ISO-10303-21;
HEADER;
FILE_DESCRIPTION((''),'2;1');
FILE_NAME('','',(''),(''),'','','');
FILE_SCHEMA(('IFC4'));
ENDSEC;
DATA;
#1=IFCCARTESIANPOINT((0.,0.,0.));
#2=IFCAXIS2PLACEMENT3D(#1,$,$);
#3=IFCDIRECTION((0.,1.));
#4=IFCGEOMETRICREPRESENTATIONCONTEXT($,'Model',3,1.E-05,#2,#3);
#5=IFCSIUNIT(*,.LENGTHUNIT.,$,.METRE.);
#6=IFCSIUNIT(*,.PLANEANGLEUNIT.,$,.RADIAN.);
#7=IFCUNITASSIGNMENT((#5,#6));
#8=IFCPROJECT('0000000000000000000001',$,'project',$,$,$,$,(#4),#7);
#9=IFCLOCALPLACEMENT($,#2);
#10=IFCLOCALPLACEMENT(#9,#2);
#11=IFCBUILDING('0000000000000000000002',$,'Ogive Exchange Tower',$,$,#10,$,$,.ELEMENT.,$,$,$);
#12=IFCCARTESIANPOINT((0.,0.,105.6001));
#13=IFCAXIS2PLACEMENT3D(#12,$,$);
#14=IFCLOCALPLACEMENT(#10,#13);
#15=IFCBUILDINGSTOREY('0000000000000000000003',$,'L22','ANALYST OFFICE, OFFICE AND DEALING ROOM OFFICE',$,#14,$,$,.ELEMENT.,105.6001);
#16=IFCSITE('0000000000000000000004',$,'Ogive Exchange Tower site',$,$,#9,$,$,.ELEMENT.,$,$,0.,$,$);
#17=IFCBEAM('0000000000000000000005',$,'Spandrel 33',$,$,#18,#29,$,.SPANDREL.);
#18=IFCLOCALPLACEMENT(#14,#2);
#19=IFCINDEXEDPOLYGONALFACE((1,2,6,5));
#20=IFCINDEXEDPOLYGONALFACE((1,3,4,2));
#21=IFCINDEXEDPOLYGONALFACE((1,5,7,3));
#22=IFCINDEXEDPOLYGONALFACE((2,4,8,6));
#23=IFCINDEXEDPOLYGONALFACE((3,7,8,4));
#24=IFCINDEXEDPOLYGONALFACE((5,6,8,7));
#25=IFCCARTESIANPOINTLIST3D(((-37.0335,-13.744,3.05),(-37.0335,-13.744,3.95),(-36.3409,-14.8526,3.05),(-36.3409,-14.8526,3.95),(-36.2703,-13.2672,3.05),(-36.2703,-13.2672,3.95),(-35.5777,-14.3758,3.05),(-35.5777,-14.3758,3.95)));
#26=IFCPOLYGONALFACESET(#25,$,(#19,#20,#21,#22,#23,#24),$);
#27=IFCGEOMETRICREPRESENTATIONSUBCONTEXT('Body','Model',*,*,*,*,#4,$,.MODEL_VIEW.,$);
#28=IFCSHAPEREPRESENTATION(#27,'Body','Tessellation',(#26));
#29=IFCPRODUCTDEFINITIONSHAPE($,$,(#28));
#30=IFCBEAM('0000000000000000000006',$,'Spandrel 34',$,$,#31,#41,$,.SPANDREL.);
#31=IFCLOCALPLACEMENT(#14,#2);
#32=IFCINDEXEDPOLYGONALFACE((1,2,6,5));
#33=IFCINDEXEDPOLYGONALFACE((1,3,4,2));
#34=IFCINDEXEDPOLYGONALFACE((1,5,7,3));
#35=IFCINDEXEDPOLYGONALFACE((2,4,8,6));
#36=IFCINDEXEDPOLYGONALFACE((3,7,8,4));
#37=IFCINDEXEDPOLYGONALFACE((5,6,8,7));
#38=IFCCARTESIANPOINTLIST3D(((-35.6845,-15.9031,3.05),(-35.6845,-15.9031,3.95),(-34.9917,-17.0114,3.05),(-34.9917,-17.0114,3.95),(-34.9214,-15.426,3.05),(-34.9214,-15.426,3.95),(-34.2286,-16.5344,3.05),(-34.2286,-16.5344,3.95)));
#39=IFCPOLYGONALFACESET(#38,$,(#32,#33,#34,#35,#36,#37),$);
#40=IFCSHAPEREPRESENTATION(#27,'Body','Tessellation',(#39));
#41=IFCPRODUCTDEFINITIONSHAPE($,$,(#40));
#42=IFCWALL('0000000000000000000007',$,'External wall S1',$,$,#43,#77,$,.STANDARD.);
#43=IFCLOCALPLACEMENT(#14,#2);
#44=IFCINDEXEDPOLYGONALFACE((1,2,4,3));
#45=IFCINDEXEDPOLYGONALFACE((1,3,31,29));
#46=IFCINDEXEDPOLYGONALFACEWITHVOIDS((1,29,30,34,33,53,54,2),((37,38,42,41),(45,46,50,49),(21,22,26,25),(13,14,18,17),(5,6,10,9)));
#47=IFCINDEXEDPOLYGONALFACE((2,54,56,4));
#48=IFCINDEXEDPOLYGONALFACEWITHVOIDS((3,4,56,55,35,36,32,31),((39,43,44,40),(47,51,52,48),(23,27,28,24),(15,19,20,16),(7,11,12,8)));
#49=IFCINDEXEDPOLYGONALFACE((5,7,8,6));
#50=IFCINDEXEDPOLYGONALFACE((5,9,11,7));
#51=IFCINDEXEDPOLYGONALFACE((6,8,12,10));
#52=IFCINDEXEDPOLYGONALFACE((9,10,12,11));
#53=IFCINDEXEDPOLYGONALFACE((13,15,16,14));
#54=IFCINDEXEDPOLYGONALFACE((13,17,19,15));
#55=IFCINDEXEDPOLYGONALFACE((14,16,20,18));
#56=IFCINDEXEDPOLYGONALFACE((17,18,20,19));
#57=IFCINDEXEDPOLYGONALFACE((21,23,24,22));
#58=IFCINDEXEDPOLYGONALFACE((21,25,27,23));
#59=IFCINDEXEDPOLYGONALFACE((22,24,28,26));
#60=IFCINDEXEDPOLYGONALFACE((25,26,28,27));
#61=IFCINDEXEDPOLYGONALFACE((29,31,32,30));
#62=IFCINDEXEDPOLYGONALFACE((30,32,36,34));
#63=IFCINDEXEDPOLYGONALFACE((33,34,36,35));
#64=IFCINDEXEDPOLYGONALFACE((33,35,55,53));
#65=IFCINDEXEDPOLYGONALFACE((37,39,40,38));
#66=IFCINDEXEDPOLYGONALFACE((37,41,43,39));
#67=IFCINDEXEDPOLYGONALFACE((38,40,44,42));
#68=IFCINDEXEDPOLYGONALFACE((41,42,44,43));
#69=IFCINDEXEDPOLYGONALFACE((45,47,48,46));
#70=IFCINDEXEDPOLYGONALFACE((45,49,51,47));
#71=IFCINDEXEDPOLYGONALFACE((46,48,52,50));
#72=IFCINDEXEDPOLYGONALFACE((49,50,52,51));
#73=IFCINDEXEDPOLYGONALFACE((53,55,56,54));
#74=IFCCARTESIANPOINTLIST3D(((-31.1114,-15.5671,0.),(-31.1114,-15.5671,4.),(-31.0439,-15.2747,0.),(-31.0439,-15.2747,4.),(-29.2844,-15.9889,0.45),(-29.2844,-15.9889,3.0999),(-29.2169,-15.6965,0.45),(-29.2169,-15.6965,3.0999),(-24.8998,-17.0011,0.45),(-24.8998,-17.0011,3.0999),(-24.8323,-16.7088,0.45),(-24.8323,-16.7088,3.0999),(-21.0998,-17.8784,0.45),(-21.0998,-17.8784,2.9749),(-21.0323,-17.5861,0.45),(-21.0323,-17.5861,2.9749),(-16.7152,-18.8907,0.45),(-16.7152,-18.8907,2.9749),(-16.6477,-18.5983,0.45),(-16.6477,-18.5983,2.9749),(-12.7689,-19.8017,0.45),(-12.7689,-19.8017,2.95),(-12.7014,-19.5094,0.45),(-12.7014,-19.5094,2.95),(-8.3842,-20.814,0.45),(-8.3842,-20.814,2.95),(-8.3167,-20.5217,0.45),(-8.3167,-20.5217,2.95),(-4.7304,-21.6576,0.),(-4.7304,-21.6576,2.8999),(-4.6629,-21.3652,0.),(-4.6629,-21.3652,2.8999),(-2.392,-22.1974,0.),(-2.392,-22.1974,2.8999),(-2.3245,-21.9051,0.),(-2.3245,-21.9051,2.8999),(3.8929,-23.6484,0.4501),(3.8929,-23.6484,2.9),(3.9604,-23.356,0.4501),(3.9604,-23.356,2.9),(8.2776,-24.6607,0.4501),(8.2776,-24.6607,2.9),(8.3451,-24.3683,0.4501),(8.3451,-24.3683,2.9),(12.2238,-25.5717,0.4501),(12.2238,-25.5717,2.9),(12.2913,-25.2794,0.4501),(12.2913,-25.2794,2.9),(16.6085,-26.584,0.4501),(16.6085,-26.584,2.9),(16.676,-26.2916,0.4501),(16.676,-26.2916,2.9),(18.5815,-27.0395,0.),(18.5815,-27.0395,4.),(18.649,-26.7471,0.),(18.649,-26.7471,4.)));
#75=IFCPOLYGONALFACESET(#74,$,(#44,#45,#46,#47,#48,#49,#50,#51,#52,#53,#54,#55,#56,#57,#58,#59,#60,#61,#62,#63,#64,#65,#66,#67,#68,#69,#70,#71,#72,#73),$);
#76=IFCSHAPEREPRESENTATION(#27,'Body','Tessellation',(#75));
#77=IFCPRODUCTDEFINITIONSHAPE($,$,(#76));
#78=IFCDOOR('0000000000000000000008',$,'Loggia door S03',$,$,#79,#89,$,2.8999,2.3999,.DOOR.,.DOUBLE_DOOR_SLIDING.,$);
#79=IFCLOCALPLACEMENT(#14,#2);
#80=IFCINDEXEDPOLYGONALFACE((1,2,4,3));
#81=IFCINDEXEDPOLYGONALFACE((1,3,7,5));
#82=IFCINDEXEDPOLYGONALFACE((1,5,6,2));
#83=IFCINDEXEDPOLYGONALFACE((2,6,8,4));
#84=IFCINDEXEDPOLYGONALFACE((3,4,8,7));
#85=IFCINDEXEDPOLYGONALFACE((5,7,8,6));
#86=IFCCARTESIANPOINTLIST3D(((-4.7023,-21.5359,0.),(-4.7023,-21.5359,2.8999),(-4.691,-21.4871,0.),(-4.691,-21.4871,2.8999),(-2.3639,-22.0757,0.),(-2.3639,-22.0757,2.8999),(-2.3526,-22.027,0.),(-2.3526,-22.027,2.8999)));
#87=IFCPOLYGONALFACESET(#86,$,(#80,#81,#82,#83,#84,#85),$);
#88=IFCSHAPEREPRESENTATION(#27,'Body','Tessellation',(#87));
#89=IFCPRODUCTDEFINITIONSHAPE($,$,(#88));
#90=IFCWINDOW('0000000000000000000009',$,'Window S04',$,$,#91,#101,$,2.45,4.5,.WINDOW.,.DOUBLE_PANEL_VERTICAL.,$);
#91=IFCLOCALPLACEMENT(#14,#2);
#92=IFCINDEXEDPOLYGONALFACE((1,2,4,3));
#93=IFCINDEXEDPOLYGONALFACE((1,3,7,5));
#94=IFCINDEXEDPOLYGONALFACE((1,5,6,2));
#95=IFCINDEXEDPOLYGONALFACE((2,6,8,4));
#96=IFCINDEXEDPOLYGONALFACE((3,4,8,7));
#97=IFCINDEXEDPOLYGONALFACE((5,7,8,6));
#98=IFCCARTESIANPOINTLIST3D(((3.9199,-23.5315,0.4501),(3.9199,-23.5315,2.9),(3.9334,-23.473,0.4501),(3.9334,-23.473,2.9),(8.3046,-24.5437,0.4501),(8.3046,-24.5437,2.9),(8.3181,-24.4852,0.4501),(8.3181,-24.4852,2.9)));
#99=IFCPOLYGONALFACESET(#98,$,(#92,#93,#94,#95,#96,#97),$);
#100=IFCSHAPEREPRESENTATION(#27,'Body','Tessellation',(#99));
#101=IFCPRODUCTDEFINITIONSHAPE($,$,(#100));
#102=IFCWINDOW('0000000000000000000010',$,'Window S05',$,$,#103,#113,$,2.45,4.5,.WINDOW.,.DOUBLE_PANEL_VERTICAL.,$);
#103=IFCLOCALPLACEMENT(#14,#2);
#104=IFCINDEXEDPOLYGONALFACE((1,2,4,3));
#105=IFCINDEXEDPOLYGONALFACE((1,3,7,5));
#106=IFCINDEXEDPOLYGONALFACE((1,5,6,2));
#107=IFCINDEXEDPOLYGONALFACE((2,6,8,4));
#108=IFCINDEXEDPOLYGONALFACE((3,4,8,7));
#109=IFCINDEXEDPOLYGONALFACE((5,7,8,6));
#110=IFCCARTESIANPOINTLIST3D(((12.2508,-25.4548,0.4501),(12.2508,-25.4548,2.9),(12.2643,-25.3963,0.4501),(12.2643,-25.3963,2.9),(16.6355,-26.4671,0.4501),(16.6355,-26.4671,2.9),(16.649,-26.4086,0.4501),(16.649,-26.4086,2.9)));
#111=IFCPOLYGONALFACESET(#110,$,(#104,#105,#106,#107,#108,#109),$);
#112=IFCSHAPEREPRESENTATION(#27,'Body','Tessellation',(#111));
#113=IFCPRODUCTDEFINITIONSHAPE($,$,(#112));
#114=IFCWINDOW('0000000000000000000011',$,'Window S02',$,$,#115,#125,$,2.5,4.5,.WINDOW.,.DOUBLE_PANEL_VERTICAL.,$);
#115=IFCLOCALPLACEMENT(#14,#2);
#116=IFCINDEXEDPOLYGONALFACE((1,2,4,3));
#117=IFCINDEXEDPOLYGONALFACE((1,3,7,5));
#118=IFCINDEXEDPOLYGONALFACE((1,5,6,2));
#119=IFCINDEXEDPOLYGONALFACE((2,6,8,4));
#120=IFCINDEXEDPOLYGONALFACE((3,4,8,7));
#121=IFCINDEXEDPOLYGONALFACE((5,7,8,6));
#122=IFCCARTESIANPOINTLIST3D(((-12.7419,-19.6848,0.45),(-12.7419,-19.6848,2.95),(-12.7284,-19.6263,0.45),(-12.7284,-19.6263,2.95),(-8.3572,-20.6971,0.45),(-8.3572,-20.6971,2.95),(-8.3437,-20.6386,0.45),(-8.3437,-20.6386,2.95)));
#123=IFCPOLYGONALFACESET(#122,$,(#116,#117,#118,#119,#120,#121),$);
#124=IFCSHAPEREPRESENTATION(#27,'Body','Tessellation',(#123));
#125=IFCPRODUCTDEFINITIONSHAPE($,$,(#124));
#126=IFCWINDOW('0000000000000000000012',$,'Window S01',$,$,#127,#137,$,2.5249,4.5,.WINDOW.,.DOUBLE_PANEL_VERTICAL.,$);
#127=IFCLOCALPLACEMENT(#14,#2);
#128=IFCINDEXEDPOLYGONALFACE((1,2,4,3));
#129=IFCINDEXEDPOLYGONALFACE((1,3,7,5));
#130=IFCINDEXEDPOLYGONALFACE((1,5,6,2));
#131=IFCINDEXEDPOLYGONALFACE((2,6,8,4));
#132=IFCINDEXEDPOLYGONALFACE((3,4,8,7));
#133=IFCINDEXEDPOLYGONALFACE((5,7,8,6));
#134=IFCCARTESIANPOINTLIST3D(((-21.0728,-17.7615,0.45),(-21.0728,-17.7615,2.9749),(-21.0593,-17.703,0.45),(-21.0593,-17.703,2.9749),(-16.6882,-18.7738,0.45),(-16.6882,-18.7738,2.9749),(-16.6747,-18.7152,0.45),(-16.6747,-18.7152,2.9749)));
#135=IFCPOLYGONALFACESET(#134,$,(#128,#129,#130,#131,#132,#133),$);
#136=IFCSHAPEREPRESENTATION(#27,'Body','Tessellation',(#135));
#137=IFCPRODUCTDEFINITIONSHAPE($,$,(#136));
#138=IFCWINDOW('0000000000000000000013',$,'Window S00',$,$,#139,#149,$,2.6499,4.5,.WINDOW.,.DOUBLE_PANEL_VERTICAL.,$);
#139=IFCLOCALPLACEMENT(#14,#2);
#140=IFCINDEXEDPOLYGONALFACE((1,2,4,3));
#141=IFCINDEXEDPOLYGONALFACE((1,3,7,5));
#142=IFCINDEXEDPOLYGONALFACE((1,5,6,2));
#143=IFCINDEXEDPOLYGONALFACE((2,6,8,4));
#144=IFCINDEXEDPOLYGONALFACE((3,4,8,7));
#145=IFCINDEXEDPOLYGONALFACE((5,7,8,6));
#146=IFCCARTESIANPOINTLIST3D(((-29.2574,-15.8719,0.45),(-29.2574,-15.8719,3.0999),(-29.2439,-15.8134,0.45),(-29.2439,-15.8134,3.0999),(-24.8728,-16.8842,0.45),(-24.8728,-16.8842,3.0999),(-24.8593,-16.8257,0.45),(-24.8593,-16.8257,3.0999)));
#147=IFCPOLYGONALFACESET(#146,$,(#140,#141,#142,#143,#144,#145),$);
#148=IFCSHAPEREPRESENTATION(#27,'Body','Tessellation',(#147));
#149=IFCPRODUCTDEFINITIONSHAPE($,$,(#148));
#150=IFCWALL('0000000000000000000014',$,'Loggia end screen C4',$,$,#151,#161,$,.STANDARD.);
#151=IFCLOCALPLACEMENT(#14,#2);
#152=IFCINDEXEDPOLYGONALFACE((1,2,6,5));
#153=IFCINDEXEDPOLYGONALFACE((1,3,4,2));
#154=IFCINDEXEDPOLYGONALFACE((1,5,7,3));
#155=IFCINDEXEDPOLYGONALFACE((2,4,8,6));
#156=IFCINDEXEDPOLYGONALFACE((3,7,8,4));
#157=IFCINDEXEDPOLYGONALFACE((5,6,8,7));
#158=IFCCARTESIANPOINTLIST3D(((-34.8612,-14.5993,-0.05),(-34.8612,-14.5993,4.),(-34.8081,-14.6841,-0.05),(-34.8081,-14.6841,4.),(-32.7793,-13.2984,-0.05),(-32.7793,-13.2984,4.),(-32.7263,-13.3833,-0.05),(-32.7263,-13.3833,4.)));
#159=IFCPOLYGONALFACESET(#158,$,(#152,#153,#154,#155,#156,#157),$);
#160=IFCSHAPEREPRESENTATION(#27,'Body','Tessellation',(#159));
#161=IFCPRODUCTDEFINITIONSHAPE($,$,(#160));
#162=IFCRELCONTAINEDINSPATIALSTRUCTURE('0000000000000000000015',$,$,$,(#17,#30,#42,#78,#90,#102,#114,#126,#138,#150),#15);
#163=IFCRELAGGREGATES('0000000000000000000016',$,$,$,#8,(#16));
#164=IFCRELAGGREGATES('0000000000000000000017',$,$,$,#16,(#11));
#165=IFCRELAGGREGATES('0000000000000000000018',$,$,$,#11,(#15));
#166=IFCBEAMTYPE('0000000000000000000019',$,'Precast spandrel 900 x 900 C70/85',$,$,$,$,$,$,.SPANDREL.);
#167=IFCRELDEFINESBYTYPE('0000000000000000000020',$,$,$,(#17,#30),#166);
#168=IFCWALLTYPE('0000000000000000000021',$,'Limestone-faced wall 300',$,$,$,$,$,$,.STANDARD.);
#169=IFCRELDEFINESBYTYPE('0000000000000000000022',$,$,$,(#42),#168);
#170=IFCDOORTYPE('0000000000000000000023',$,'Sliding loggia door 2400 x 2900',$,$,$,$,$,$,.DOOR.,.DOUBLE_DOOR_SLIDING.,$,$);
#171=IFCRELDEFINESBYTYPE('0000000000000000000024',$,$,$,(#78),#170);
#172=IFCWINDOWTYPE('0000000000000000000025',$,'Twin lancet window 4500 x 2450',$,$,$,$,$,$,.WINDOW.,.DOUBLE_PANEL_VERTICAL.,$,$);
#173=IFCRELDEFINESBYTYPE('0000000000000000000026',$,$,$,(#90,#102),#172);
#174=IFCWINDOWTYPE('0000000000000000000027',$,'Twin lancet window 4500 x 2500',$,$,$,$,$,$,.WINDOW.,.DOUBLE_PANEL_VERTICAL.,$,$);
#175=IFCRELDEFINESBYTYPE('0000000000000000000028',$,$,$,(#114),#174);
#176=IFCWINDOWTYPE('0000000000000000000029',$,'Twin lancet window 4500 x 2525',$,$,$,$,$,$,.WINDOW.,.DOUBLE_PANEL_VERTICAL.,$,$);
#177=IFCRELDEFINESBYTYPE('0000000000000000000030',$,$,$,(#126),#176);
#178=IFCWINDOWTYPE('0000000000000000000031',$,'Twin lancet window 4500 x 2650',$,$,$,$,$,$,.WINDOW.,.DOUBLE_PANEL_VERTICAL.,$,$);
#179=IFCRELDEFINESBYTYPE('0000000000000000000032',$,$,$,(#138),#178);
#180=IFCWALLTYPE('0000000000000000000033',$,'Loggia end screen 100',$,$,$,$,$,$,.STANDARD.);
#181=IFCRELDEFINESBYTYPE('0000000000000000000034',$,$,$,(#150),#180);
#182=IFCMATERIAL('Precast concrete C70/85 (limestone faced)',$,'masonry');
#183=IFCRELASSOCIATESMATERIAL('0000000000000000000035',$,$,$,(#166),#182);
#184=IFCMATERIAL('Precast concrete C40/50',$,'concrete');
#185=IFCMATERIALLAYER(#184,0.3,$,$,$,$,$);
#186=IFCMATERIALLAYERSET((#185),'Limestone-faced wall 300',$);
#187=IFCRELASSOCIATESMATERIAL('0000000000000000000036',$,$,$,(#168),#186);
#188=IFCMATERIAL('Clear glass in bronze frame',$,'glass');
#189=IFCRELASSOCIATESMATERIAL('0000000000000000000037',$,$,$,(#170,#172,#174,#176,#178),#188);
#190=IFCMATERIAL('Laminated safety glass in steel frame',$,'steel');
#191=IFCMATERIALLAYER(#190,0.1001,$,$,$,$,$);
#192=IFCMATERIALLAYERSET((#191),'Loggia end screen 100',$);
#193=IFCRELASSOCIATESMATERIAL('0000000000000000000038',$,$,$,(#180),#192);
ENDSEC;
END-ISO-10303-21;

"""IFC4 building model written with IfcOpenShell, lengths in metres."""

from ifc_helpers import new_model, si_unit, direction, frame, frame_2d, origin, origin_2d, place, context, subcontext, project, spatial, rectangle, extrude, material, layer, layer_set, material_profile, profile_set, type_object, element, fill, save


model = new_model("IFC4")

# Units and contexts
model_context = context("Model", 3, precision=1e-05, world=origin(), true_north=direction((0.0, 1.0)))
body_context = subcontext(model_context, "Body", "Model", "MODEL_VIEW")
ifc_project = project(units=[si_unit("LENGTHUNIT", "METRE"), si_unit("PLANEANGLEUNIT", "RADIAN")], contexts=[model_context])

# Site, building, storey
site_placement = place(None, origin())
site = spatial("IfcSite", under=ifc_project, at=site_placement, Name="Ogive Exchange Tower site", CompositionType="ELEMENT", RefElevation=0.0)
building_placement = place(site_placement, origin())
building = spatial("IfcBuilding", under=site, at=building_placement, Name="Ogive Exchange Tower", CompositionType="ELEMENT")
storey_placement = place(building_placement, frame((0.0, 0.0, 105.6001)))
storey = spatial("IfcBuildingStorey", under=building, at=storey_placement, Name="L22", Description="ANALYST OFFICE, OFFICE AND DEALING ROOM OFFICE", CompositionType="ELEMENT", Elevation=105.6001)

# Shared definitions
ifc_material_1 = material(Name="Precast concrete C70/85 (limestone faced)", Category="masonry")

# Beams
ifc_material_profile_1 = material_profile(ifc_material_1, rectangle(XDim=0.8999, YDim=0.8999, at=origin_2d()), Name="900 x 900")
ifc_profile_set_1 = profile_set([ifc_material_profile_1], Name="Precast concrete C70/85 (limestone faced)")
beam_type_1 = type_object("IfcBeamType", Name="Precast spandrel 900 x 900 C70/85", PredefinedType="SPANDREL", material=ifc_profile_set_1)
for number, where, z_axis, x_axis, name in (
    (1, (-36.6519, -13.5056, 3.5), (0.529848, -0.848093, 0.0), (0.848093, 0.529848, 0.0), "Spandrel 33"),
    (2, (-35.303, -15.6646, 3.5), (0.530066, -0.847956, 0.0), (0.847956, 0.530066, 0.0), "Spandrel 34"),
):
    element("IfcBeam", number, at=place(storey_placement, frame(where, z_axis=z_axis, x_axis=x_axis)), inside=storey, type_object=beam_type_1, Name=name, PredefinedType="SPANDREL", context=body_context, shape_type="SweptSolid", body=[
        extrude(rectangle(XDim=0.8999, YDim=0.8999, at=origin_2d()), origin(), (0.0, 0.0, 1.0), 1.3071),
    ])

# Wall, openings, door, windows
ifc_material_2 = material(Name="Precast concrete C40/50", Category="concrete")
ifc_layer_1 = layer(ifc_material_2, 0.3)
ifc_layer_set_1 = layer_set([ifc_layer_1], Name="Limestone-faced wall 300")
wall_type_1 = type_object("IfcWallType", Name="Limestone-faced wall 300", PredefinedType="STANDARD", material=ifc_layer_set_1)
wall_1_placement = place(storey_placement, frame((-31.0776, -15.4209, 0.0), z_axis=(0.0, 0.0, 1.0), x_axis=(0.97437, -0.224949, 0.0)))
wall_1 = element("IfcWall", 3, at=wall_1_placement, inside=storey, type_object=wall_type_1, Name="External wall S1", PredefinedType="STANDARD", context=body_context, shape_type="SweptSolid", body=[
    extrude(rectangle(XDim=51.0, YDim=0.3, at=frame_2d((25.5, 0.0))), origin(), (0.0, 0.0, 1.0), 4.0),
])
opening_1_placement = place(wall_1_placement, frame((1.875, 0.0, 0.45)))
opening_1 = element("IfcOpeningElement", 4, at=opening_1_placement, cuts=wall_1, PredefinedType="OPENING", context=body_context, shape_type="SweptSolid", body=[
    extrude(rectangle(XDim=4.5, YDim=2.6499, at=frame_2d((2.25, 1.325))), frame((0.0, 0.1599, 0.0), z_axis=(0.0, -1.0, 0.0), x_axis=(1.0, 0.0, 0.0)), (0.0, 0.0, 1.0), 0.3201),
])
opening_2_placement = place(wall_1_placement, frame((10.2749, 0.0, 0.45)))
opening_2 = element("IfcOpeningElement", 5, at=opening_2_placement, cuts=wall_1, PredefinedType="OPENING", context=body_context, shape_type="SweptSolid", body=[
    extrude(rectangle(XDim=4.5, YDim=2.5249, at=frame_2d((2.25, 1.2625))), frame((0.0, 0.1599, 0.0), z_axis=(0.0, -1.0, 0.0), x_axis=(1.0, 0.0, 0.0)), (0.0, 0.0, 1.0), 0.3201),
])
opening_3_placement = place(wall_1_placement, frame((18.825, 0.0, 0.45)))
opening_3 = element("IfcOpeningElement", 6, at=opening_3_placement, cuts=wall_1, PredefinedType="OPENING", context=body_context, shape_type="SweptSolid", body=[
    extrude(rectangle(XDim=4.5, YDim=2.5, at=frame_2d((2.25, 1.25))), frame((0.0, 0.1599, 0.0), z_axis=(0.0, -1.0, 0.0), x_axis=(1.0, 0.0, 0.0)), (0.0, 0.0, 1.0), 0.3201),
])
opening_4_placement = place(wall_1_placement, frame((27.075, 0.0, 0.0)))
opening_4 = element("IfcOpeningElement", 7, at=opening_4_placement, cuts=wall_1, PredefinedType="OPENING", context=body_context, shape_type="SweptSolid", body=[
    extrude(rectangle(XDim=2.3999, YDim=2.8999, at=frame_2d((1.2, 1.45))), frame((0.0, 0.1599, 0.0), z_axis=(0.0, -1.0, 0.0), x_axis=(1.0, 0.0, 0.0)), (0.0, 0.0, 1.0), 0.3201),
])
opening_5_placement = place(wall_1_placement, frame((35.925, 0.0, 0.45)))
opening_5 = element("IfcOpeningElement", 8, at=opening_5_placement, cuts=wall_1, PredefinedType="OPENING", context=body_context, shape_type="SweptSolid", body=[
    extrude(rectangle(XDim=4.5, YDim=2.45, at=frame_2d((2.25, 1.2251))), frame((0.0, 0.1599, 0.0), z_axis=(0.0, -1.0, 0.0), x_axis=(1.0, 0.0, 0.0)), (0.0, 0.0, 1.0), 0.3201),
])
opening_6_placement = place(wall_1_placement, frame((44.4751, 0.0, 0.45)))
opening_6 = element("IfcOpeningElement", 9, at=opening_6_placement, cuts=wall_1, PredefinedType="OPENING", context=body_context, shape_type="SweptSolid", body=[
    extrude(rectangle(XDim=4.5, YDim=2.45, at=frame_2d((2.25, 1.2251))), frame((0.0, 0.1599, 0.0), z_axis=(0.0, -1.0, 0.0), x_axis=(1.0, 0.0, 0.0)), (0.0, 0.0, 1.0), 0.3201),
])
ifc_material_3 = material(Name="Clear glass in bronze frame", Category="glass")
door_type = type_object("IfcDoorType", Name="Sliding loggia door 2400 x 2900", OperationType="DOUBLE_DOOR_SLIDING", PredefinedType="DOOR", material=ifc_material_3)
door_placement = place(opening_4_placement, origin())
door = element("IfcDoor", 10, at=door_placement, inside=storey, type_object=door_type, Name="Loggia door S03", OperationType="DOUBLE_DOOR_SLIDING", OverallHeight=2.8999, OverallWidth=2.3999, PredefinedType="DOOR", context=body_context, shape_type="SweptSolid", body=[
    extrude(rectangle(XDim=2.3999, YDim=2.8999, at=frame_2d((1.2, 1.45))), frame((0.0, 0.0249, 0.0), z_axis=(0.0, -1.0, 0.0), x_axis=(1.0, 0.0, 0.0)), (0.0, 0.0, 1.0), 0.05),
])
fill(opening_4, door)
window_type_1 = type_object("IfcWindowType", Name="Twin lancet window 4500 x 2450", PartitioningType="DOUBLE_PANEL_VERTICAL", PredefinedType="WINDOW", material=ifc_material_3)
window_1_placement = place(opening_5_placement, origin())
window_1 = element("IfcWindow", 11, at=window_1_placement, inside=storey, type_object=window_type_1, Name="Window S04", OverallHeight=2.45, OverallWidth=4.5, PartitioningType="DOUBLE_PANEL_VERTICAL", PredefinedType="WINDOW", context=body_context, shape_type="SweptSolid", body=[
    extrude(rectangle(XDim=4.5, YDim=2.45, at=frame_2d((2.25, 1.2251))), frame((0.0, 0.03, 0.0), z_axis=(0.0, -1.0, 0.0), x_axis=(1.0, 0.0, 0.0)), (0.0, 0.0, 1.0), 0.0601),
])
fill(opening_5, window_1)
window_2_placement = place(opening_6_placement, origin())
window_2 = element("IfcWindow", 12, at=window_2_placement, inside=storey, type_object=window_type_1, Name="Window S05", OverallHeight=2.45, OverallWidth=4.5, PartitioningType="DOUBLE_PANEL_VERTICAL", PredefinedType="WINDOW", context=body_context, shape_type="SweptSolid", body=[
    extrude(rectangle(XDim=4.5, YDim=2.45, at=frame_2d((2.25, 1.2251))), frame((0.0, 0.03, 0.0), z_axis=(0.0, -1.0, 0.0), x_axis=(1.0, 0.0, 0.0)), (0.0, 0.0, 1.0), 0.0601),
])
fill(opening_6, window_2)
window_type_2 = type_object("IfcWindowType", Name="Twin lancet window 4500 x 2500", PartitioningType="DOUBLE_PANEL_VERTICAL", PredefinedType="WINDOW", material=ifc_material_3)
window_3_placement = place(opening_3_placement, origin())
window_3 = element("IfcWindow", 13, at=window_3_placement, inside=storey, type_object=window_type_2, Name="Window S02", OverallHeight=2.5, OverallWidth=4.5, PartitioningType="DOUBLE_PANEL_VERTICAL", PredefinedType="WINDOW", context=body_context, shape_type="SweptSolid", body=[
    extrude(rectangle(XDim=4.5, YDim=2.5, at=frame_2d((2.25, 1.25))), frame((0.0, 0.03, 0.0), z_axis=(0.0, -1.0, 0.0), x_axis=(1.0, 0.0, 0.0)), (0.0, 0.0, 1.0), 0.0601),
])
fill(opening_3, window_3)
window_type_3 = type_object("IfcWindowType", Name="Twin lancet window 4500 x 2525", PartitioningType="DOUBLE_PANEL_VERTICAL", PredefinedType="WINDOW", material=ifc_material_3)
window_4_placement = place(opening_2_placement, origin())
window_4 = element("IfcWindow", 14, at=window_4_placement, inside=storey, type_object=window_type_3, Name="Window S01", OverallHeight=2.5249, OverallWidth=4.5, PartitioningType="DOUBLE_PANEL_VERTICAL", PredefinedType="WINDOW", context=body_context, shape_type="SweptSolid", body=[
    extrude(rectangle(XDim=4.5, YDim=2.5249, at=frame_2d((2.25, 1.2625))), frame((0.0, 0.03, 0.0), z_axis=(0.0, -1.0, 0.0), x_axis=(1.0, 0.0, 0.0)), (0.0, 0.0, 1.0), 0.0601),
])
fill(opening_2, window_4)
window_type_4 = type_object("IfcWindowType", Name="Twin lancet window 4500 x 2650", PartitioningType="DOUBLE_PANEL_VERTICAL", PredefinedType="WINDOW", material=ifc_material_3)
window_5_placement = place(opening_1_placement, origin())
window_5 = element("IfcWindow", 15, at=window_5_placement, inside=storey, type_object=window_type_4, Name="Window S00", OverallHeight=2.6499, OverallWidth=4.5, PartitioningType="DOUBLE_PANEL_VERTICAL", PredefinedType="WINDOW", context=body_context, shape_type="SweptSolid", body=[
    extrude(rectangle(XDim=4.5, YDim=2.6499, at=frame_2d((2.25, 1.325))), frame((0.0, 0.03, 0.0), z_axis=(0.0, -1.0, 0.0), x_axis=(1.0, 0.0, 0.0)), (0.0, 0.0, 1.0), 0.0601),
])
fill(opening_1, window_5)

# Wall
ifc_material_4 = material(Name="Laminated safety glass in steel frame", Category="steel")
ifc_layer_2 = layer(ifc_material_4, 0.1001)
ifc_layer_set_2 = layer_set([ifc_layer_2], Name="Loggia end screen 100")
wall_type_2 = type_object("IfcWallType", Name="Loggia end screen 100", PredefinedType="STANDARD", material=ifc_layer_set_2)
wall_2_placement = place(storey_placement, frame((-32.7527, -13.3408, -0.05), z_axis=(0.0, 0.0, 1.0), x_axis=(-0.84806, -0.529901, 0.0)))
element("IfcWall", 16, at=wall_2_placement, inside=storey, type_object=wall_type_2, Name="Loggia end screen C4", PredefinedType="STANDARD", context=body_context, shape_type="SweptSolid", body=[
    extrude(rectangle(XDim=2.4548, YDim=0.1001, at=frame_2d((1.2275, 0.0))), origin(), (0.0, 0.0, 1.0), 4.05),
])

save(model, "model.ifc")
